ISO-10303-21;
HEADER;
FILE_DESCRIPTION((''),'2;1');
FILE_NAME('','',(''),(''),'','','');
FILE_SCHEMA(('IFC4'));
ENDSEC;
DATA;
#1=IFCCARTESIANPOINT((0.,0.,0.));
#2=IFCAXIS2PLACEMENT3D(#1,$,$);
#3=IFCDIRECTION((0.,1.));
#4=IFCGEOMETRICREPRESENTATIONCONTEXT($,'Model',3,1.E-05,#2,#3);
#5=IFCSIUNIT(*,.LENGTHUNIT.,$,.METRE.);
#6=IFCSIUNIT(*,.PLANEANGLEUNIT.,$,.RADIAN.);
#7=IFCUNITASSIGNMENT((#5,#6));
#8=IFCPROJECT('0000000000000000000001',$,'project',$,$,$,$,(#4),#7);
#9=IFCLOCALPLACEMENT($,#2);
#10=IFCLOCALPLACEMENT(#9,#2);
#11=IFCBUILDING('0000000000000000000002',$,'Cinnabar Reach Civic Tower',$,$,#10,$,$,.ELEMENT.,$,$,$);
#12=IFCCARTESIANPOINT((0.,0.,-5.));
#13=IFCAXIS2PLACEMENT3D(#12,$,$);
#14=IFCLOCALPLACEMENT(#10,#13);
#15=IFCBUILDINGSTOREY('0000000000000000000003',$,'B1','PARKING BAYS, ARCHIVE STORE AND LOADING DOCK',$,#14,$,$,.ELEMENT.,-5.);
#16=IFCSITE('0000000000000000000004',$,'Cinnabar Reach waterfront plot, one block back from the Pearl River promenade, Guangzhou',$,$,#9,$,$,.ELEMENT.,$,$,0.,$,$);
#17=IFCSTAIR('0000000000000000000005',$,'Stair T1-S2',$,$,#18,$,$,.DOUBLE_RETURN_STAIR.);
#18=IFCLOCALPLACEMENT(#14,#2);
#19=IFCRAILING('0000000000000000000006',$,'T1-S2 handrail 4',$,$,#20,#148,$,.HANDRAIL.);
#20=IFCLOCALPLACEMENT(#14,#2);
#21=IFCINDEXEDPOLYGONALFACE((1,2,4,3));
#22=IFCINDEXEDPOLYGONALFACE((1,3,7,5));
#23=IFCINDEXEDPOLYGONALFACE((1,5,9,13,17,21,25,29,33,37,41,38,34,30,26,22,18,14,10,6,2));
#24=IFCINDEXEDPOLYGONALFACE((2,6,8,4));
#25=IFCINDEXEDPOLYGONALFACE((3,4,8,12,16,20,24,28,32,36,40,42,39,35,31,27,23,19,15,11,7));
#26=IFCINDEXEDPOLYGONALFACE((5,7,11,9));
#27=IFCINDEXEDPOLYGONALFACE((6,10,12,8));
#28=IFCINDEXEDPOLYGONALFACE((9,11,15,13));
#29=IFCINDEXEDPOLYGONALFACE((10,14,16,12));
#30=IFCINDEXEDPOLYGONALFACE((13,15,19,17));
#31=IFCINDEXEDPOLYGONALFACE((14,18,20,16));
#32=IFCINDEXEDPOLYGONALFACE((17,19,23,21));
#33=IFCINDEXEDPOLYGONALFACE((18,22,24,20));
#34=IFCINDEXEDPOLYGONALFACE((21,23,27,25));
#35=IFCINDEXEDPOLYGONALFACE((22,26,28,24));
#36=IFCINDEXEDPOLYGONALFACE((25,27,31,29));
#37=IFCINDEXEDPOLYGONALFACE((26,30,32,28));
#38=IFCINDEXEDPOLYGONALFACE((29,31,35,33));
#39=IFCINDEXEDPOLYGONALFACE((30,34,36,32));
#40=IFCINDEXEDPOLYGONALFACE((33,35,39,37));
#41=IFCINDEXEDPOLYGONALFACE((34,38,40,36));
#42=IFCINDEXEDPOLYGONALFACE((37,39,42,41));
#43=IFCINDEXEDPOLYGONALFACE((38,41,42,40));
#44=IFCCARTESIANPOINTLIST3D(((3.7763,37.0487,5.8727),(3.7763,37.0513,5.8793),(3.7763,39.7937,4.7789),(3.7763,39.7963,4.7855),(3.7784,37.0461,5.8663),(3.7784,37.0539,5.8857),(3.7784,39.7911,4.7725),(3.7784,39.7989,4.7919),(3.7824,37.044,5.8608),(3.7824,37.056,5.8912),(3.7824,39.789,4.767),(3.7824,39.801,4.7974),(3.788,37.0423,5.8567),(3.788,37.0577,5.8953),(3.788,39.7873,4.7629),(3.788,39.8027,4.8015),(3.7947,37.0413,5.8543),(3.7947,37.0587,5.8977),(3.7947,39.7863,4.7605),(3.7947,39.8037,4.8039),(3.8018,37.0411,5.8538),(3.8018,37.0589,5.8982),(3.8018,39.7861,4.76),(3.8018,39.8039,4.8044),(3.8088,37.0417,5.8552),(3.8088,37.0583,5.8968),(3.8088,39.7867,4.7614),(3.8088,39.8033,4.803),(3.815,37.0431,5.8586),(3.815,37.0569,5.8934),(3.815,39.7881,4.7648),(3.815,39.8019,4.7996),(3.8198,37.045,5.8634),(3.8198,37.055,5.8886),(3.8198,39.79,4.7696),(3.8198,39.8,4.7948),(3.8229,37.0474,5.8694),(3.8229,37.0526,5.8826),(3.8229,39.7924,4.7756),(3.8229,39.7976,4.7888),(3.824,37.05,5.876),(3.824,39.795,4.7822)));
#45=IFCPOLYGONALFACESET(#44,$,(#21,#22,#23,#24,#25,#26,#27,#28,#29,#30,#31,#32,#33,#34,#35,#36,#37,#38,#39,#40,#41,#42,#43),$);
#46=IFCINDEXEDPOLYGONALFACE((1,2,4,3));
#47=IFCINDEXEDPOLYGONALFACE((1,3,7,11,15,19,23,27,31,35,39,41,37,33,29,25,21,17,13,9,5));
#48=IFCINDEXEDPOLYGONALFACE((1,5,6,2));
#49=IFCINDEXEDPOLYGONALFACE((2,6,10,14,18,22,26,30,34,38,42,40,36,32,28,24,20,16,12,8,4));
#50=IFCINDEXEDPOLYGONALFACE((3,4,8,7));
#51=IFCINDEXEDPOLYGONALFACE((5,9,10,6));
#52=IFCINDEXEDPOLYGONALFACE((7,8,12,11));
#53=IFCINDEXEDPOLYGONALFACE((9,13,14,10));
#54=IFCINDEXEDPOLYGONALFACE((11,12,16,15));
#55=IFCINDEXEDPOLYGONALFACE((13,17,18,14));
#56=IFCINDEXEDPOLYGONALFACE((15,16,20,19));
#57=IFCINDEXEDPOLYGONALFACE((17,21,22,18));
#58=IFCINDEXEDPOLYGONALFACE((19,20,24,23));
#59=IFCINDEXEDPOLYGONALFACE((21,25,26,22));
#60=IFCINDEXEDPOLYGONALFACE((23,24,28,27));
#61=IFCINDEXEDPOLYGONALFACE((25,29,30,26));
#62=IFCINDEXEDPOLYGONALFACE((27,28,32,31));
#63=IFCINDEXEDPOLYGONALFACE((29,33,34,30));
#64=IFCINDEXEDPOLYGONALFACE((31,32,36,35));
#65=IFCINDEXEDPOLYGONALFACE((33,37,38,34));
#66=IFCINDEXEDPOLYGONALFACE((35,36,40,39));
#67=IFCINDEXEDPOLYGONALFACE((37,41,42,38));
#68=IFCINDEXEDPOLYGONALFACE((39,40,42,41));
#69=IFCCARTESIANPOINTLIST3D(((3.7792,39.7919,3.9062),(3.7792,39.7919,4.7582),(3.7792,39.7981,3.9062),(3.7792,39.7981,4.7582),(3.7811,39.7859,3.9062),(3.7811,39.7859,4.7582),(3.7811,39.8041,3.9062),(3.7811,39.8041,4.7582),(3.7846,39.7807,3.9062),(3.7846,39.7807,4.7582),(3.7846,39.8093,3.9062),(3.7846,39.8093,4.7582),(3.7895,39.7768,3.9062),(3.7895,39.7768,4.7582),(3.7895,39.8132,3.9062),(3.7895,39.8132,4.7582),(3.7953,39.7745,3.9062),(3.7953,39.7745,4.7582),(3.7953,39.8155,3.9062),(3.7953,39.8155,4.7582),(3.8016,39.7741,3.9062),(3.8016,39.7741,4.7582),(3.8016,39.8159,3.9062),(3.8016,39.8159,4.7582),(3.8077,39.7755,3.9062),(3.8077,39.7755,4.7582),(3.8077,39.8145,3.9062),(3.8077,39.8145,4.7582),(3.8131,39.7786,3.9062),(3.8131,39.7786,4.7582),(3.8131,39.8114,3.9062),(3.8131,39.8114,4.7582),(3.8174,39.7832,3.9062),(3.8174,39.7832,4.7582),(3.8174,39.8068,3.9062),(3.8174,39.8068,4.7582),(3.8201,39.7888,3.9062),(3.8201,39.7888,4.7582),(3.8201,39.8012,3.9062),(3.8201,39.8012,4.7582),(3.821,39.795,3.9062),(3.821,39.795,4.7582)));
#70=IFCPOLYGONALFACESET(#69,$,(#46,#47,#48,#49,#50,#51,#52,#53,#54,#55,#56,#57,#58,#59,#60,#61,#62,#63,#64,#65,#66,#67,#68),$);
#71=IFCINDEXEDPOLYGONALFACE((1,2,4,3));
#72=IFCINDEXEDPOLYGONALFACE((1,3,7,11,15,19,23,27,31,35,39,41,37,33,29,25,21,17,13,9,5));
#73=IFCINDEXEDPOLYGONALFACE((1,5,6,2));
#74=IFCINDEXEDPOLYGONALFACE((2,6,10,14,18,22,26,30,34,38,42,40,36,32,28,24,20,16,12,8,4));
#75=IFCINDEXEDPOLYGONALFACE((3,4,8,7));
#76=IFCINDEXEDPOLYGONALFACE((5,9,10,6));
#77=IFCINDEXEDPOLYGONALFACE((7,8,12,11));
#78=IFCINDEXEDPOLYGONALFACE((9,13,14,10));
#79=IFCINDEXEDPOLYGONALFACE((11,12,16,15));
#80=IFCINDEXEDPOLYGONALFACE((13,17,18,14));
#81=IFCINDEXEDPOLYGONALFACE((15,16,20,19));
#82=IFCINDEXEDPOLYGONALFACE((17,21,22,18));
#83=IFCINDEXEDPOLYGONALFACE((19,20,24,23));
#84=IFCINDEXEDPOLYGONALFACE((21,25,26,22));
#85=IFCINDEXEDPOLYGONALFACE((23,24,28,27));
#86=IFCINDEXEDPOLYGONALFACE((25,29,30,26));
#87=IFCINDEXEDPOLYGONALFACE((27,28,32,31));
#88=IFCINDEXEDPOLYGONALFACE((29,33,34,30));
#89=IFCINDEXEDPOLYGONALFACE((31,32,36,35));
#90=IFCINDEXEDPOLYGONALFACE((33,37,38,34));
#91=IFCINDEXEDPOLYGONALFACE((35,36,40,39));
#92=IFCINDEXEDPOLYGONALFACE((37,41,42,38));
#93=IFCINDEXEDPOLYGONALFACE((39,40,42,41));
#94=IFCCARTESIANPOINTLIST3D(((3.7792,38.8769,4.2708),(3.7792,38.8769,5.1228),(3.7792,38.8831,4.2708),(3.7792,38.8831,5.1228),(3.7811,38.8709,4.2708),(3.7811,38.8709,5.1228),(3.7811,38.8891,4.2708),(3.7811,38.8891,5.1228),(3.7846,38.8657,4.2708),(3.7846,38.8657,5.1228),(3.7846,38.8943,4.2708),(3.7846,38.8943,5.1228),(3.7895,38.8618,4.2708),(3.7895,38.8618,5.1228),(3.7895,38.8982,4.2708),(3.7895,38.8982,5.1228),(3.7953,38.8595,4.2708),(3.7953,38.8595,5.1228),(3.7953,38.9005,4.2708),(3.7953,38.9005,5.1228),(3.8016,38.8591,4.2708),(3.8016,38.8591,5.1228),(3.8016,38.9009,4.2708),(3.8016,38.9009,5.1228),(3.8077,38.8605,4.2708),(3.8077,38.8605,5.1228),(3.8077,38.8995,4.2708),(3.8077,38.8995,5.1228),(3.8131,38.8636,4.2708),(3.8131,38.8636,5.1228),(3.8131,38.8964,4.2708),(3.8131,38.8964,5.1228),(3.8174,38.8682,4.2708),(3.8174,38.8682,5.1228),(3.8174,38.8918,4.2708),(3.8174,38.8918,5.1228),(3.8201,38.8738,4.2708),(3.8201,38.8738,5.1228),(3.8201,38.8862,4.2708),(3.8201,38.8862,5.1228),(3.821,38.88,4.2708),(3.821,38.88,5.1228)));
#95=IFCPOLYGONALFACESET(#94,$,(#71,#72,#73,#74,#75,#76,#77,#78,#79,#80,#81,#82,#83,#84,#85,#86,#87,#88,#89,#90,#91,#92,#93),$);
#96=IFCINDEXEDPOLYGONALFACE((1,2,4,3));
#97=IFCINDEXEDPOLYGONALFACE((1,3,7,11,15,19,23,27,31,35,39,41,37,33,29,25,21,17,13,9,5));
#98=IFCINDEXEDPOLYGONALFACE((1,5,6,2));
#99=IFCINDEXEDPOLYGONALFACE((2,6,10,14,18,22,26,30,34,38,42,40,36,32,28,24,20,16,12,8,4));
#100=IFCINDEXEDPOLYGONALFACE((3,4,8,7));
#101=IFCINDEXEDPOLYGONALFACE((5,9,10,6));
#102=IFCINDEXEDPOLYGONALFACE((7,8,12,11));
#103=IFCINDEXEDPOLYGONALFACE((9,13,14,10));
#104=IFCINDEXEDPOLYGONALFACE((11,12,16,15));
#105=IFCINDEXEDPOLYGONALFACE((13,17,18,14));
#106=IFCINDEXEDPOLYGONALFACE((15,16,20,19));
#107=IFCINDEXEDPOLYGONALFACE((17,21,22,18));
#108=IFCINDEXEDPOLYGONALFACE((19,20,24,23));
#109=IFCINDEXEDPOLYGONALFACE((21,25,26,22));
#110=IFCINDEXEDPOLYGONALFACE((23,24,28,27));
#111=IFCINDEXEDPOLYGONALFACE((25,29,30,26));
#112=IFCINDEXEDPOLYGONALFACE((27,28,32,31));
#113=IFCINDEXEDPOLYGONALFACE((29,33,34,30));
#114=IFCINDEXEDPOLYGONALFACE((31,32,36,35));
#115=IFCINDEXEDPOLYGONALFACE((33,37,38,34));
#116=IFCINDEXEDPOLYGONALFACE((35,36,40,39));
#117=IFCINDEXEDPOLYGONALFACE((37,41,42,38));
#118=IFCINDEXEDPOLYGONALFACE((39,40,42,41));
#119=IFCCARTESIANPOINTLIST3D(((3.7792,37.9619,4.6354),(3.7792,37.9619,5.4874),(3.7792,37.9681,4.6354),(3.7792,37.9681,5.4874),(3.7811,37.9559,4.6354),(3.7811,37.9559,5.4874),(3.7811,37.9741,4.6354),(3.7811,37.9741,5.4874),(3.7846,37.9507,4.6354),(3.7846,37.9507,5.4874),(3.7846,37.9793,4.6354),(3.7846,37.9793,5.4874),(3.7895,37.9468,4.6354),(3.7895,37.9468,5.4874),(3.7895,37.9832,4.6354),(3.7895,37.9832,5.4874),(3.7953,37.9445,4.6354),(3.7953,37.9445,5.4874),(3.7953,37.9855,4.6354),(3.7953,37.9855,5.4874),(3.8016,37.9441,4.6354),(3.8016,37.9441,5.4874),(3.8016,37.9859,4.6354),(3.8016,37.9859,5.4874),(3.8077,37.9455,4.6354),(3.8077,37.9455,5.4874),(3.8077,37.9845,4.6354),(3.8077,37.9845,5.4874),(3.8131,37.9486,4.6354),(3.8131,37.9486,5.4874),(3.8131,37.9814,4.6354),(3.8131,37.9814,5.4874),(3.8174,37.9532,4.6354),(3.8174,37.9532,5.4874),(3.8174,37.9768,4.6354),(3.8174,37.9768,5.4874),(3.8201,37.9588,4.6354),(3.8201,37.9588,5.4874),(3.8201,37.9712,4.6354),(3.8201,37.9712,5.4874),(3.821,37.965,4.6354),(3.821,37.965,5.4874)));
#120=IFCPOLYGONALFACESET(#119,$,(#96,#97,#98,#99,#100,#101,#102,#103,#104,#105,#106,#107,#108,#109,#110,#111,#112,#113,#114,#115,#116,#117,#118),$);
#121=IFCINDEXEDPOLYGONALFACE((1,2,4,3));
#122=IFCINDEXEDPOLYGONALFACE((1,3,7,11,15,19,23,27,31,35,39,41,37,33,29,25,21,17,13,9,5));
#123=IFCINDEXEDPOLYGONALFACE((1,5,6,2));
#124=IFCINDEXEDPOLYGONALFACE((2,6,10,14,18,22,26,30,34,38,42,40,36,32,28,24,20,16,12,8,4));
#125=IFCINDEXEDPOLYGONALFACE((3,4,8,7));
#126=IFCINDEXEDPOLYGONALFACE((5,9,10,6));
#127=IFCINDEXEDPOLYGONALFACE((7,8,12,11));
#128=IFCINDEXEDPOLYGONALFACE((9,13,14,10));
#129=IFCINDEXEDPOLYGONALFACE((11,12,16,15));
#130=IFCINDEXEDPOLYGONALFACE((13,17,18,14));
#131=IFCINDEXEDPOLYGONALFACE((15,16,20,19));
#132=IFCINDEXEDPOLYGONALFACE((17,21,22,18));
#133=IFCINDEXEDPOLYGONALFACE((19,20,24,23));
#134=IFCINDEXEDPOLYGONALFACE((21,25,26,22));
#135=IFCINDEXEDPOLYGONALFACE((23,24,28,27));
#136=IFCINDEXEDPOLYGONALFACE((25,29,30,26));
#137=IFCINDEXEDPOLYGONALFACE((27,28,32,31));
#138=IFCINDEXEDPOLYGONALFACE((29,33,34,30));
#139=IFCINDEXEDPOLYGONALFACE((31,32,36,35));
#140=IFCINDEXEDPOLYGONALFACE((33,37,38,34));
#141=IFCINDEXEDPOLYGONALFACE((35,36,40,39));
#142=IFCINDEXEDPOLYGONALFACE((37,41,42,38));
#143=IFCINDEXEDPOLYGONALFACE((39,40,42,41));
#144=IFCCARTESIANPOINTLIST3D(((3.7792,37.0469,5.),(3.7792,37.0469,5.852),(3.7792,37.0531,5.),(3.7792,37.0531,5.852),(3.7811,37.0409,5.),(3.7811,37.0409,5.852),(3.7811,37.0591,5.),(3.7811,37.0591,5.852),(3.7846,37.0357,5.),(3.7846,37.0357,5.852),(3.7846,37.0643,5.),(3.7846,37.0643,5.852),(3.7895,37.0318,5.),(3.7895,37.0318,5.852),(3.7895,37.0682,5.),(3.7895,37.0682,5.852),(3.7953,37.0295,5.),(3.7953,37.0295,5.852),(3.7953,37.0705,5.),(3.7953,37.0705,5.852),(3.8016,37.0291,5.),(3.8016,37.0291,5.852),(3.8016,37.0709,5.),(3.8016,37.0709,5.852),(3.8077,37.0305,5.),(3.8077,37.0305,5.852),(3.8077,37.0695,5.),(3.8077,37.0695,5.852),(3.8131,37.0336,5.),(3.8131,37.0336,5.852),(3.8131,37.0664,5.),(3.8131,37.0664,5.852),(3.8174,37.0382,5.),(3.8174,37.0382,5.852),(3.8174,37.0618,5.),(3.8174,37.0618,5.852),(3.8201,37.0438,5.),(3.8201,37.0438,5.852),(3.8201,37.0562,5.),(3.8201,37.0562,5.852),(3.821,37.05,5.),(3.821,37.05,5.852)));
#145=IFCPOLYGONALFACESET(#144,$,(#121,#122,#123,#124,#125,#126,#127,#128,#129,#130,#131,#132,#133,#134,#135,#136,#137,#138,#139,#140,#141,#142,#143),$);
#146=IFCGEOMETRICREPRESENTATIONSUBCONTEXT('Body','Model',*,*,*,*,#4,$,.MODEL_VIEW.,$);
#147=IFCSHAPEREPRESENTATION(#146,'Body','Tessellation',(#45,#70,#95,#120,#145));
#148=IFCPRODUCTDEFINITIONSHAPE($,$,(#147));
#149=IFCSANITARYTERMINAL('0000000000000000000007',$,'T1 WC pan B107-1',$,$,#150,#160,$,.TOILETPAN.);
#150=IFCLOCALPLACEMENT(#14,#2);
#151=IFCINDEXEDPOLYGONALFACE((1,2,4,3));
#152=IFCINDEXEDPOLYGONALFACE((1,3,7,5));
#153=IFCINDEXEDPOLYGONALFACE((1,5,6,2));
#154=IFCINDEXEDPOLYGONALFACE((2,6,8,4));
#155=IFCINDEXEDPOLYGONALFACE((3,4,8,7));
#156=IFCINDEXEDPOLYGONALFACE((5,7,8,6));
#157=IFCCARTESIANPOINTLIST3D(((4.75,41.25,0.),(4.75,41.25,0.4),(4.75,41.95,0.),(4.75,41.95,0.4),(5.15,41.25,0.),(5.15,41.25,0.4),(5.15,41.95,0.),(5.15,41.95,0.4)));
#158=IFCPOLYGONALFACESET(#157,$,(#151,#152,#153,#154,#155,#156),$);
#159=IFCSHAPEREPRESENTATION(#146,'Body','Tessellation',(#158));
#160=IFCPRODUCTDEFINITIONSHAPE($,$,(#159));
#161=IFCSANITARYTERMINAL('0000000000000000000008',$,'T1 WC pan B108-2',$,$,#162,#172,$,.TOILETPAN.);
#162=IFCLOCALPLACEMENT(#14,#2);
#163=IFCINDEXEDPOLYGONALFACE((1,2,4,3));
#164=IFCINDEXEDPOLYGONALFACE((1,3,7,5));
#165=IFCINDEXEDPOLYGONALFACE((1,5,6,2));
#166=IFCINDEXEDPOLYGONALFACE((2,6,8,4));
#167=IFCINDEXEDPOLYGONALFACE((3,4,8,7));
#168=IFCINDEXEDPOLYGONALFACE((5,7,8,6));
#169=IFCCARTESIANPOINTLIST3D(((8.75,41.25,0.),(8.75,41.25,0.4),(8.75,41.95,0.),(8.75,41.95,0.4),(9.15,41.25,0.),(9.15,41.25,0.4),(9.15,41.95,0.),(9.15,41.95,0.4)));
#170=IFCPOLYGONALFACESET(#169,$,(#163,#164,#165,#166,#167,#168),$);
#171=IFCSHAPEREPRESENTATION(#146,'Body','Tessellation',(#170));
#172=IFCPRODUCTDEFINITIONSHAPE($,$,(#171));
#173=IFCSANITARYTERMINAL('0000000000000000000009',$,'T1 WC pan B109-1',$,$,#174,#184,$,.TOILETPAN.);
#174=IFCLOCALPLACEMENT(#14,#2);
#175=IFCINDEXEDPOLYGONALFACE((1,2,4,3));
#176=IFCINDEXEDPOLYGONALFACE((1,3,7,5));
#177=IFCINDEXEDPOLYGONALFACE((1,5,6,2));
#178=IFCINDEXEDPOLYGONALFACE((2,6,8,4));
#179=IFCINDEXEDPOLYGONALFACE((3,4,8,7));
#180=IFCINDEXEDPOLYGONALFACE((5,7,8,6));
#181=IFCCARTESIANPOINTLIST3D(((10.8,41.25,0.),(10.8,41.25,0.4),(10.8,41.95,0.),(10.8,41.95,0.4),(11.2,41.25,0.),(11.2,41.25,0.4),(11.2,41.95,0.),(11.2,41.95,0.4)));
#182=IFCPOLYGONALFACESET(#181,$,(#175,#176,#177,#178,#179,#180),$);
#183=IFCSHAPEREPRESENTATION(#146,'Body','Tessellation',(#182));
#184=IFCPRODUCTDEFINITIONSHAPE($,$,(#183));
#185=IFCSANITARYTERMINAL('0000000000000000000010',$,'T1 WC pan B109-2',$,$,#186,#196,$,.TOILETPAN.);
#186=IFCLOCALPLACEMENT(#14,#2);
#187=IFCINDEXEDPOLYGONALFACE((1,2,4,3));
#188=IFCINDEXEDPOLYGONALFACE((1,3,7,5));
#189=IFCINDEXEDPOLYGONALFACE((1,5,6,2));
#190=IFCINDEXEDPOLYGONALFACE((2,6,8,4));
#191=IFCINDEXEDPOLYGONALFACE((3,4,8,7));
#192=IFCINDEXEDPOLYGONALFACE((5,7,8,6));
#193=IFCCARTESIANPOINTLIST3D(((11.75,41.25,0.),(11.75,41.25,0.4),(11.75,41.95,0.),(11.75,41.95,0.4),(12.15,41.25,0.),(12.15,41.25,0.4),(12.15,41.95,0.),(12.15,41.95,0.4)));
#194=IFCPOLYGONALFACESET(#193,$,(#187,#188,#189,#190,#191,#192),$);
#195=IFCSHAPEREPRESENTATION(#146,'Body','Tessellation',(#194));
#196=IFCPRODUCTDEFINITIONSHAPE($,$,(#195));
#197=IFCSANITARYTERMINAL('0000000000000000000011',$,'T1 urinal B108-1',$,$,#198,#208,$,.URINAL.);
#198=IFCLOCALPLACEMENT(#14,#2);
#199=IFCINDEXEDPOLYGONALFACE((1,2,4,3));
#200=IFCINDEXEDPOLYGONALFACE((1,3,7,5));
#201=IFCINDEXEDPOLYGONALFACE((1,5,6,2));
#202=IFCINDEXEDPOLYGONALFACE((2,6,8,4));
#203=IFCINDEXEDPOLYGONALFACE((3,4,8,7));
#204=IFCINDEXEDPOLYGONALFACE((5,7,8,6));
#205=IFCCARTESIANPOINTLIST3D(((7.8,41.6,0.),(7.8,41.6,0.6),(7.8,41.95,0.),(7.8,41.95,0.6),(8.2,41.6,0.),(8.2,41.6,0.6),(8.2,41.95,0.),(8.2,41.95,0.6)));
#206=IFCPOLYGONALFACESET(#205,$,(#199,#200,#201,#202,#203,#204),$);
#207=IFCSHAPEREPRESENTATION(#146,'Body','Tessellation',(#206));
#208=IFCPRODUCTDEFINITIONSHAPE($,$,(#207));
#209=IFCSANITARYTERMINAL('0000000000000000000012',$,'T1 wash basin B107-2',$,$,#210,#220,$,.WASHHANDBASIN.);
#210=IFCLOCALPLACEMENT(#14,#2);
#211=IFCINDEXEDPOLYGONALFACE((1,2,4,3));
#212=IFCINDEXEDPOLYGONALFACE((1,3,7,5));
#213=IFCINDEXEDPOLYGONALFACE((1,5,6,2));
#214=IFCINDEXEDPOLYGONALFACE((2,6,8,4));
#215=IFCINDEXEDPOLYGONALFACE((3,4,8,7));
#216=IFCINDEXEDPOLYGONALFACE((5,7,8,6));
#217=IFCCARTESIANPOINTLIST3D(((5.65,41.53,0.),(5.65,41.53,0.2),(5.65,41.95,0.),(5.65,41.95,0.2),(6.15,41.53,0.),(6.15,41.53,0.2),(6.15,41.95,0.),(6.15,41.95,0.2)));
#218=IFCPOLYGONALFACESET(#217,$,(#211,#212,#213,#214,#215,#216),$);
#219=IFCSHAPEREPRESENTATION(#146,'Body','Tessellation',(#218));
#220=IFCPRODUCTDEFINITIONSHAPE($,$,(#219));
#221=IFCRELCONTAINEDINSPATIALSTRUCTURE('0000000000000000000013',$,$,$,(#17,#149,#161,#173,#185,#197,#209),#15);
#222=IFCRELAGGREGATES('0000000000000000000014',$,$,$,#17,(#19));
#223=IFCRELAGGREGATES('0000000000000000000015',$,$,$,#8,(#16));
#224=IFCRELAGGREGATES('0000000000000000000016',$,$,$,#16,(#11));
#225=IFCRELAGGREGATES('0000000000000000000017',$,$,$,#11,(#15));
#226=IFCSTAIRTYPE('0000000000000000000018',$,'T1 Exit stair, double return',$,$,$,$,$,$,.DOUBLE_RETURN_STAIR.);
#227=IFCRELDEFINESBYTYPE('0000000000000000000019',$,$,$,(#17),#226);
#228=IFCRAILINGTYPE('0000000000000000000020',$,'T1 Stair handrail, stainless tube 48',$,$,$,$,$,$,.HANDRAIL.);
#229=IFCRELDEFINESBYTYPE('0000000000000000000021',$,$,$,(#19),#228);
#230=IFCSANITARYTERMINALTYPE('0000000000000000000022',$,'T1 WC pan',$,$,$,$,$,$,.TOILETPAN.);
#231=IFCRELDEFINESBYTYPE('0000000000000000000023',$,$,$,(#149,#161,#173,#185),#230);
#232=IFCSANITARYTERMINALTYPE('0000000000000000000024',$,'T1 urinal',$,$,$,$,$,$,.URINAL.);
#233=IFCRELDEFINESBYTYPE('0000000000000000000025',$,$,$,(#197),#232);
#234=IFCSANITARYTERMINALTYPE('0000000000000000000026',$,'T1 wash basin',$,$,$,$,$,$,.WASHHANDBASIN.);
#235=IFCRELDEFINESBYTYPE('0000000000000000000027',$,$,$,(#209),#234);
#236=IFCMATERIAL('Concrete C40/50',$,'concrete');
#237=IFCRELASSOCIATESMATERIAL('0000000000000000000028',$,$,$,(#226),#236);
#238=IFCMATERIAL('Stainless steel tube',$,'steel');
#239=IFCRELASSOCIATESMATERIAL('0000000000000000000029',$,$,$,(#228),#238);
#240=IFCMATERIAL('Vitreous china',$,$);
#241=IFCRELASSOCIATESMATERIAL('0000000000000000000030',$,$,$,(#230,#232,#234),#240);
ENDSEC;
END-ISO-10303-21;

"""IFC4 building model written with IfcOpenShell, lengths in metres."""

from ifc_helpers import new_model, si_unit, direction, frame, origin, origin_2d, place, context, subcontext, project, spatial, rectangle, circle, extrude, material, type_object, element, aggregate, save


model = new_model("IFC4")

# Units and contexts
model_context = context("Model", 3, precision=1e-05, world=origin(), true_north=direction((0.0, 1.0)))
body_context = subcontext(model_context, "Body", "Model", "MODEL_VIEW")
ifc_project = project(units=[si_unit("LENGTHUNIT", "METRE"), si_unit("PLANEANGLEUNIT", "RADIAN")], contexts=[model_context])

# Site, building, storey
site_placement = place(None, origin())
site = spatial("IfcSite", under=ifc_project, at=site_placement, Name="Cinnabar Reach waterfront plot, one block back from the Pearl River promenade, Guangzhou", CompositionType="ELEMENT", RefElevation=0.0)
building_placement = place(site_placement, origin())
building = spatial("IfcBuilding", under=site, at=building_placement, Name="Cinnabar Reach Civic Tower", CompositionType="ELEMENT")
storey_placement = place(building_placement, frame((0.0, 0.0, -5.0)))
storey = spatial("IfcBuildingStorey", under=building, at=storey_placement, Name="B1", Description="PARKING BAYS, ARCHIVE STORE AND LOADING DOCK", CompositionType="ELEMENT", Elevation=-5.0)

# Stair, railing
ifc_material_1 = material(Name="Concrete C40/50", Category="concrete")
stair_type = type_object("IfcStairType", Name="T1 Exit stair, double return", PredefinedType="DOUBLE_RETURN_STAIR", material=ifc_material_1)
stair_placement = place(storey_placement, origin())
stair = element("IfcStair", 1, at=stair_placement, inside=storey, type_object=stair_type, Name="Stair T1-S2", PredefinedType="DOUBLE_RETURN_STAIR")
ifc_material_2 = material(Name="Stainless steel tube", Category="steel")
railing_type = type_object("IfcRailingType", Name="T1 Stair handrail, stainless tube 48", PredefinedType="HANDRAIL", material=ifc_material_2)
railing_1_placement = place(storey_placement, frame((3.8, 39.795, 3.9062)))
railing_1 = element("IfcRailing", 2, at=railing_1_placement, type_object=railing_type, Name="T1-S2 handrail 4", PredefinedType="HANDRAIL", context=body_context, shape_type="SweptSolid", body=[
    extrude(circle(Radius=0.024, at=origin_2d()), frame((0.0, 0.0, 0.876), z_axis=(0.0, -0.928966, 0.370165), x_axis=(1.0, 0.0, 0.0)), (0.0, 0.0, 1.0), 2.9549),
    extrude(circle(Radius=0.021, at=origin_2d()), origin(), (0.0, 0.0, 1.0), 0.852),
    extrude(circle(Radius=0.021, at=origin_2d()), frame((0.0, -0.915, 0.3646)), (0.0, 0.0, 1.0), 0.852),
    extrude(circle(Radius=0.021, at=origin_2d()), frame((0.0, -1.83, 0.7292)), (0.0, 0.0, 1.0), 0.852),
    extrude(circle(Radius=0.021, at=origin_2d()), frame((0.0, -2.745, 1.0938)), (0.0, 0.0, 1.0), 0.852),
])
aggregate(stair, [railing_1])

# Sanitary terminals
ifc_material_3 = material(Name="Vitreous china")
sanitary_terminal_type_1 = type_object("IfcSanitaryTerminalType", Name="T1 WC pan", PredefinedType="TOILETPAN", material=ifc_material_3)
for number, where, z_axis, x_axis, name in (
    (3, (4.95, 41.6, 0.0), (0.0, 0.0, 1.0), (1.0, 0.0, 0.0), "T1 WC pan B107-1"),
    (4, (8.95, 41.6, 0.0), (0.0, 0.0, 1.0), (1.0, 0.0, 0.0), "T1 WC pan B108-2"),
    (5, (11.0, 41.6, 0.0), (0.0, 0.0, 1.0), (1.0, 0.0, 0.0), "T1 WC pan B109-1"),
    (6, (11.95, 41.6, 0.0), (0.0, 0.0, 1.0), (1.0, 0.0, 0.0), "T1 WC pan B109-2"),
):
    element("IfcSanitaryTerminal", number, at=place(storey_placement, frame(where, z_axis=z_axis, x_axis=x_axis)), inside=storey, type_object=sanitary_terminal_type_1, Name=name, PredefinedType="TOILETPAN", context=body_context, shape_type="SweptSolid", body=[
        extrude(rectangle(XDim=0.4, YDim=0.7, at=origin_2d()), origin(), (0.0, 0.0, 1.0), 0.4),
    ])
sanitary_terminal_type_2 = type_object("IfcSanitaryTerminalType", Name="T1 urinal", PredefinedType="URINAL", material=ifc_material_3)
sanitary_terminal_placement = place(storey_placement, frame((8.0, 41.775, 0.0), z_axis=(0.0, 0.0, 1.0), x_axis=(1.0, 0.0, 0.0)))
element("IfcSanitaryTerminal", 7, at=sanitary_terminal_placement, inside=storey, type_object=sanitary_terminal_type_2, Name="T1 urinal B108-1", PredefinedType="URINAL", context=body_context, shape_type="SweptSolid", body=[
    extrude(rectangle(XDim=0.4, YDim=0.35, at=origin_2d()), origin(), (0.0, 0.0, 1.0), 0.6),
])
sanitary_terminal_type_3 = type_object("IfcSanitaryTerminalType", Name="T1 wash basin", PredefinedType="WASHHANDBASIN", material=ifc_material_3)
for number, where, z_axis, x_axis, name in (
    (8, (5.9, 41.74, 0.0), (0.0, 0.0, 1.0), (1.0, 0.0, 0.0), "T1 wash basin B107-2"),
):
    element("IfcSanitaryTerminal", number, at=place(storey_placement, frame(where, z_axis=z_axis, x_axis=x_axis)), inside=storey, type_object=sanitary_terminal_type_3, Name=name, PredefinedType="WASHHANDBASIN", context=body_context, shape_type="SweptSolid", body=[
        extrude(rectangle(XDim=0.5, YDim=0.42, at=origin_2d()), origin(), (0.0, 0.0, 1.0), 0.2),
    ])

save(model, "model.ifc")
